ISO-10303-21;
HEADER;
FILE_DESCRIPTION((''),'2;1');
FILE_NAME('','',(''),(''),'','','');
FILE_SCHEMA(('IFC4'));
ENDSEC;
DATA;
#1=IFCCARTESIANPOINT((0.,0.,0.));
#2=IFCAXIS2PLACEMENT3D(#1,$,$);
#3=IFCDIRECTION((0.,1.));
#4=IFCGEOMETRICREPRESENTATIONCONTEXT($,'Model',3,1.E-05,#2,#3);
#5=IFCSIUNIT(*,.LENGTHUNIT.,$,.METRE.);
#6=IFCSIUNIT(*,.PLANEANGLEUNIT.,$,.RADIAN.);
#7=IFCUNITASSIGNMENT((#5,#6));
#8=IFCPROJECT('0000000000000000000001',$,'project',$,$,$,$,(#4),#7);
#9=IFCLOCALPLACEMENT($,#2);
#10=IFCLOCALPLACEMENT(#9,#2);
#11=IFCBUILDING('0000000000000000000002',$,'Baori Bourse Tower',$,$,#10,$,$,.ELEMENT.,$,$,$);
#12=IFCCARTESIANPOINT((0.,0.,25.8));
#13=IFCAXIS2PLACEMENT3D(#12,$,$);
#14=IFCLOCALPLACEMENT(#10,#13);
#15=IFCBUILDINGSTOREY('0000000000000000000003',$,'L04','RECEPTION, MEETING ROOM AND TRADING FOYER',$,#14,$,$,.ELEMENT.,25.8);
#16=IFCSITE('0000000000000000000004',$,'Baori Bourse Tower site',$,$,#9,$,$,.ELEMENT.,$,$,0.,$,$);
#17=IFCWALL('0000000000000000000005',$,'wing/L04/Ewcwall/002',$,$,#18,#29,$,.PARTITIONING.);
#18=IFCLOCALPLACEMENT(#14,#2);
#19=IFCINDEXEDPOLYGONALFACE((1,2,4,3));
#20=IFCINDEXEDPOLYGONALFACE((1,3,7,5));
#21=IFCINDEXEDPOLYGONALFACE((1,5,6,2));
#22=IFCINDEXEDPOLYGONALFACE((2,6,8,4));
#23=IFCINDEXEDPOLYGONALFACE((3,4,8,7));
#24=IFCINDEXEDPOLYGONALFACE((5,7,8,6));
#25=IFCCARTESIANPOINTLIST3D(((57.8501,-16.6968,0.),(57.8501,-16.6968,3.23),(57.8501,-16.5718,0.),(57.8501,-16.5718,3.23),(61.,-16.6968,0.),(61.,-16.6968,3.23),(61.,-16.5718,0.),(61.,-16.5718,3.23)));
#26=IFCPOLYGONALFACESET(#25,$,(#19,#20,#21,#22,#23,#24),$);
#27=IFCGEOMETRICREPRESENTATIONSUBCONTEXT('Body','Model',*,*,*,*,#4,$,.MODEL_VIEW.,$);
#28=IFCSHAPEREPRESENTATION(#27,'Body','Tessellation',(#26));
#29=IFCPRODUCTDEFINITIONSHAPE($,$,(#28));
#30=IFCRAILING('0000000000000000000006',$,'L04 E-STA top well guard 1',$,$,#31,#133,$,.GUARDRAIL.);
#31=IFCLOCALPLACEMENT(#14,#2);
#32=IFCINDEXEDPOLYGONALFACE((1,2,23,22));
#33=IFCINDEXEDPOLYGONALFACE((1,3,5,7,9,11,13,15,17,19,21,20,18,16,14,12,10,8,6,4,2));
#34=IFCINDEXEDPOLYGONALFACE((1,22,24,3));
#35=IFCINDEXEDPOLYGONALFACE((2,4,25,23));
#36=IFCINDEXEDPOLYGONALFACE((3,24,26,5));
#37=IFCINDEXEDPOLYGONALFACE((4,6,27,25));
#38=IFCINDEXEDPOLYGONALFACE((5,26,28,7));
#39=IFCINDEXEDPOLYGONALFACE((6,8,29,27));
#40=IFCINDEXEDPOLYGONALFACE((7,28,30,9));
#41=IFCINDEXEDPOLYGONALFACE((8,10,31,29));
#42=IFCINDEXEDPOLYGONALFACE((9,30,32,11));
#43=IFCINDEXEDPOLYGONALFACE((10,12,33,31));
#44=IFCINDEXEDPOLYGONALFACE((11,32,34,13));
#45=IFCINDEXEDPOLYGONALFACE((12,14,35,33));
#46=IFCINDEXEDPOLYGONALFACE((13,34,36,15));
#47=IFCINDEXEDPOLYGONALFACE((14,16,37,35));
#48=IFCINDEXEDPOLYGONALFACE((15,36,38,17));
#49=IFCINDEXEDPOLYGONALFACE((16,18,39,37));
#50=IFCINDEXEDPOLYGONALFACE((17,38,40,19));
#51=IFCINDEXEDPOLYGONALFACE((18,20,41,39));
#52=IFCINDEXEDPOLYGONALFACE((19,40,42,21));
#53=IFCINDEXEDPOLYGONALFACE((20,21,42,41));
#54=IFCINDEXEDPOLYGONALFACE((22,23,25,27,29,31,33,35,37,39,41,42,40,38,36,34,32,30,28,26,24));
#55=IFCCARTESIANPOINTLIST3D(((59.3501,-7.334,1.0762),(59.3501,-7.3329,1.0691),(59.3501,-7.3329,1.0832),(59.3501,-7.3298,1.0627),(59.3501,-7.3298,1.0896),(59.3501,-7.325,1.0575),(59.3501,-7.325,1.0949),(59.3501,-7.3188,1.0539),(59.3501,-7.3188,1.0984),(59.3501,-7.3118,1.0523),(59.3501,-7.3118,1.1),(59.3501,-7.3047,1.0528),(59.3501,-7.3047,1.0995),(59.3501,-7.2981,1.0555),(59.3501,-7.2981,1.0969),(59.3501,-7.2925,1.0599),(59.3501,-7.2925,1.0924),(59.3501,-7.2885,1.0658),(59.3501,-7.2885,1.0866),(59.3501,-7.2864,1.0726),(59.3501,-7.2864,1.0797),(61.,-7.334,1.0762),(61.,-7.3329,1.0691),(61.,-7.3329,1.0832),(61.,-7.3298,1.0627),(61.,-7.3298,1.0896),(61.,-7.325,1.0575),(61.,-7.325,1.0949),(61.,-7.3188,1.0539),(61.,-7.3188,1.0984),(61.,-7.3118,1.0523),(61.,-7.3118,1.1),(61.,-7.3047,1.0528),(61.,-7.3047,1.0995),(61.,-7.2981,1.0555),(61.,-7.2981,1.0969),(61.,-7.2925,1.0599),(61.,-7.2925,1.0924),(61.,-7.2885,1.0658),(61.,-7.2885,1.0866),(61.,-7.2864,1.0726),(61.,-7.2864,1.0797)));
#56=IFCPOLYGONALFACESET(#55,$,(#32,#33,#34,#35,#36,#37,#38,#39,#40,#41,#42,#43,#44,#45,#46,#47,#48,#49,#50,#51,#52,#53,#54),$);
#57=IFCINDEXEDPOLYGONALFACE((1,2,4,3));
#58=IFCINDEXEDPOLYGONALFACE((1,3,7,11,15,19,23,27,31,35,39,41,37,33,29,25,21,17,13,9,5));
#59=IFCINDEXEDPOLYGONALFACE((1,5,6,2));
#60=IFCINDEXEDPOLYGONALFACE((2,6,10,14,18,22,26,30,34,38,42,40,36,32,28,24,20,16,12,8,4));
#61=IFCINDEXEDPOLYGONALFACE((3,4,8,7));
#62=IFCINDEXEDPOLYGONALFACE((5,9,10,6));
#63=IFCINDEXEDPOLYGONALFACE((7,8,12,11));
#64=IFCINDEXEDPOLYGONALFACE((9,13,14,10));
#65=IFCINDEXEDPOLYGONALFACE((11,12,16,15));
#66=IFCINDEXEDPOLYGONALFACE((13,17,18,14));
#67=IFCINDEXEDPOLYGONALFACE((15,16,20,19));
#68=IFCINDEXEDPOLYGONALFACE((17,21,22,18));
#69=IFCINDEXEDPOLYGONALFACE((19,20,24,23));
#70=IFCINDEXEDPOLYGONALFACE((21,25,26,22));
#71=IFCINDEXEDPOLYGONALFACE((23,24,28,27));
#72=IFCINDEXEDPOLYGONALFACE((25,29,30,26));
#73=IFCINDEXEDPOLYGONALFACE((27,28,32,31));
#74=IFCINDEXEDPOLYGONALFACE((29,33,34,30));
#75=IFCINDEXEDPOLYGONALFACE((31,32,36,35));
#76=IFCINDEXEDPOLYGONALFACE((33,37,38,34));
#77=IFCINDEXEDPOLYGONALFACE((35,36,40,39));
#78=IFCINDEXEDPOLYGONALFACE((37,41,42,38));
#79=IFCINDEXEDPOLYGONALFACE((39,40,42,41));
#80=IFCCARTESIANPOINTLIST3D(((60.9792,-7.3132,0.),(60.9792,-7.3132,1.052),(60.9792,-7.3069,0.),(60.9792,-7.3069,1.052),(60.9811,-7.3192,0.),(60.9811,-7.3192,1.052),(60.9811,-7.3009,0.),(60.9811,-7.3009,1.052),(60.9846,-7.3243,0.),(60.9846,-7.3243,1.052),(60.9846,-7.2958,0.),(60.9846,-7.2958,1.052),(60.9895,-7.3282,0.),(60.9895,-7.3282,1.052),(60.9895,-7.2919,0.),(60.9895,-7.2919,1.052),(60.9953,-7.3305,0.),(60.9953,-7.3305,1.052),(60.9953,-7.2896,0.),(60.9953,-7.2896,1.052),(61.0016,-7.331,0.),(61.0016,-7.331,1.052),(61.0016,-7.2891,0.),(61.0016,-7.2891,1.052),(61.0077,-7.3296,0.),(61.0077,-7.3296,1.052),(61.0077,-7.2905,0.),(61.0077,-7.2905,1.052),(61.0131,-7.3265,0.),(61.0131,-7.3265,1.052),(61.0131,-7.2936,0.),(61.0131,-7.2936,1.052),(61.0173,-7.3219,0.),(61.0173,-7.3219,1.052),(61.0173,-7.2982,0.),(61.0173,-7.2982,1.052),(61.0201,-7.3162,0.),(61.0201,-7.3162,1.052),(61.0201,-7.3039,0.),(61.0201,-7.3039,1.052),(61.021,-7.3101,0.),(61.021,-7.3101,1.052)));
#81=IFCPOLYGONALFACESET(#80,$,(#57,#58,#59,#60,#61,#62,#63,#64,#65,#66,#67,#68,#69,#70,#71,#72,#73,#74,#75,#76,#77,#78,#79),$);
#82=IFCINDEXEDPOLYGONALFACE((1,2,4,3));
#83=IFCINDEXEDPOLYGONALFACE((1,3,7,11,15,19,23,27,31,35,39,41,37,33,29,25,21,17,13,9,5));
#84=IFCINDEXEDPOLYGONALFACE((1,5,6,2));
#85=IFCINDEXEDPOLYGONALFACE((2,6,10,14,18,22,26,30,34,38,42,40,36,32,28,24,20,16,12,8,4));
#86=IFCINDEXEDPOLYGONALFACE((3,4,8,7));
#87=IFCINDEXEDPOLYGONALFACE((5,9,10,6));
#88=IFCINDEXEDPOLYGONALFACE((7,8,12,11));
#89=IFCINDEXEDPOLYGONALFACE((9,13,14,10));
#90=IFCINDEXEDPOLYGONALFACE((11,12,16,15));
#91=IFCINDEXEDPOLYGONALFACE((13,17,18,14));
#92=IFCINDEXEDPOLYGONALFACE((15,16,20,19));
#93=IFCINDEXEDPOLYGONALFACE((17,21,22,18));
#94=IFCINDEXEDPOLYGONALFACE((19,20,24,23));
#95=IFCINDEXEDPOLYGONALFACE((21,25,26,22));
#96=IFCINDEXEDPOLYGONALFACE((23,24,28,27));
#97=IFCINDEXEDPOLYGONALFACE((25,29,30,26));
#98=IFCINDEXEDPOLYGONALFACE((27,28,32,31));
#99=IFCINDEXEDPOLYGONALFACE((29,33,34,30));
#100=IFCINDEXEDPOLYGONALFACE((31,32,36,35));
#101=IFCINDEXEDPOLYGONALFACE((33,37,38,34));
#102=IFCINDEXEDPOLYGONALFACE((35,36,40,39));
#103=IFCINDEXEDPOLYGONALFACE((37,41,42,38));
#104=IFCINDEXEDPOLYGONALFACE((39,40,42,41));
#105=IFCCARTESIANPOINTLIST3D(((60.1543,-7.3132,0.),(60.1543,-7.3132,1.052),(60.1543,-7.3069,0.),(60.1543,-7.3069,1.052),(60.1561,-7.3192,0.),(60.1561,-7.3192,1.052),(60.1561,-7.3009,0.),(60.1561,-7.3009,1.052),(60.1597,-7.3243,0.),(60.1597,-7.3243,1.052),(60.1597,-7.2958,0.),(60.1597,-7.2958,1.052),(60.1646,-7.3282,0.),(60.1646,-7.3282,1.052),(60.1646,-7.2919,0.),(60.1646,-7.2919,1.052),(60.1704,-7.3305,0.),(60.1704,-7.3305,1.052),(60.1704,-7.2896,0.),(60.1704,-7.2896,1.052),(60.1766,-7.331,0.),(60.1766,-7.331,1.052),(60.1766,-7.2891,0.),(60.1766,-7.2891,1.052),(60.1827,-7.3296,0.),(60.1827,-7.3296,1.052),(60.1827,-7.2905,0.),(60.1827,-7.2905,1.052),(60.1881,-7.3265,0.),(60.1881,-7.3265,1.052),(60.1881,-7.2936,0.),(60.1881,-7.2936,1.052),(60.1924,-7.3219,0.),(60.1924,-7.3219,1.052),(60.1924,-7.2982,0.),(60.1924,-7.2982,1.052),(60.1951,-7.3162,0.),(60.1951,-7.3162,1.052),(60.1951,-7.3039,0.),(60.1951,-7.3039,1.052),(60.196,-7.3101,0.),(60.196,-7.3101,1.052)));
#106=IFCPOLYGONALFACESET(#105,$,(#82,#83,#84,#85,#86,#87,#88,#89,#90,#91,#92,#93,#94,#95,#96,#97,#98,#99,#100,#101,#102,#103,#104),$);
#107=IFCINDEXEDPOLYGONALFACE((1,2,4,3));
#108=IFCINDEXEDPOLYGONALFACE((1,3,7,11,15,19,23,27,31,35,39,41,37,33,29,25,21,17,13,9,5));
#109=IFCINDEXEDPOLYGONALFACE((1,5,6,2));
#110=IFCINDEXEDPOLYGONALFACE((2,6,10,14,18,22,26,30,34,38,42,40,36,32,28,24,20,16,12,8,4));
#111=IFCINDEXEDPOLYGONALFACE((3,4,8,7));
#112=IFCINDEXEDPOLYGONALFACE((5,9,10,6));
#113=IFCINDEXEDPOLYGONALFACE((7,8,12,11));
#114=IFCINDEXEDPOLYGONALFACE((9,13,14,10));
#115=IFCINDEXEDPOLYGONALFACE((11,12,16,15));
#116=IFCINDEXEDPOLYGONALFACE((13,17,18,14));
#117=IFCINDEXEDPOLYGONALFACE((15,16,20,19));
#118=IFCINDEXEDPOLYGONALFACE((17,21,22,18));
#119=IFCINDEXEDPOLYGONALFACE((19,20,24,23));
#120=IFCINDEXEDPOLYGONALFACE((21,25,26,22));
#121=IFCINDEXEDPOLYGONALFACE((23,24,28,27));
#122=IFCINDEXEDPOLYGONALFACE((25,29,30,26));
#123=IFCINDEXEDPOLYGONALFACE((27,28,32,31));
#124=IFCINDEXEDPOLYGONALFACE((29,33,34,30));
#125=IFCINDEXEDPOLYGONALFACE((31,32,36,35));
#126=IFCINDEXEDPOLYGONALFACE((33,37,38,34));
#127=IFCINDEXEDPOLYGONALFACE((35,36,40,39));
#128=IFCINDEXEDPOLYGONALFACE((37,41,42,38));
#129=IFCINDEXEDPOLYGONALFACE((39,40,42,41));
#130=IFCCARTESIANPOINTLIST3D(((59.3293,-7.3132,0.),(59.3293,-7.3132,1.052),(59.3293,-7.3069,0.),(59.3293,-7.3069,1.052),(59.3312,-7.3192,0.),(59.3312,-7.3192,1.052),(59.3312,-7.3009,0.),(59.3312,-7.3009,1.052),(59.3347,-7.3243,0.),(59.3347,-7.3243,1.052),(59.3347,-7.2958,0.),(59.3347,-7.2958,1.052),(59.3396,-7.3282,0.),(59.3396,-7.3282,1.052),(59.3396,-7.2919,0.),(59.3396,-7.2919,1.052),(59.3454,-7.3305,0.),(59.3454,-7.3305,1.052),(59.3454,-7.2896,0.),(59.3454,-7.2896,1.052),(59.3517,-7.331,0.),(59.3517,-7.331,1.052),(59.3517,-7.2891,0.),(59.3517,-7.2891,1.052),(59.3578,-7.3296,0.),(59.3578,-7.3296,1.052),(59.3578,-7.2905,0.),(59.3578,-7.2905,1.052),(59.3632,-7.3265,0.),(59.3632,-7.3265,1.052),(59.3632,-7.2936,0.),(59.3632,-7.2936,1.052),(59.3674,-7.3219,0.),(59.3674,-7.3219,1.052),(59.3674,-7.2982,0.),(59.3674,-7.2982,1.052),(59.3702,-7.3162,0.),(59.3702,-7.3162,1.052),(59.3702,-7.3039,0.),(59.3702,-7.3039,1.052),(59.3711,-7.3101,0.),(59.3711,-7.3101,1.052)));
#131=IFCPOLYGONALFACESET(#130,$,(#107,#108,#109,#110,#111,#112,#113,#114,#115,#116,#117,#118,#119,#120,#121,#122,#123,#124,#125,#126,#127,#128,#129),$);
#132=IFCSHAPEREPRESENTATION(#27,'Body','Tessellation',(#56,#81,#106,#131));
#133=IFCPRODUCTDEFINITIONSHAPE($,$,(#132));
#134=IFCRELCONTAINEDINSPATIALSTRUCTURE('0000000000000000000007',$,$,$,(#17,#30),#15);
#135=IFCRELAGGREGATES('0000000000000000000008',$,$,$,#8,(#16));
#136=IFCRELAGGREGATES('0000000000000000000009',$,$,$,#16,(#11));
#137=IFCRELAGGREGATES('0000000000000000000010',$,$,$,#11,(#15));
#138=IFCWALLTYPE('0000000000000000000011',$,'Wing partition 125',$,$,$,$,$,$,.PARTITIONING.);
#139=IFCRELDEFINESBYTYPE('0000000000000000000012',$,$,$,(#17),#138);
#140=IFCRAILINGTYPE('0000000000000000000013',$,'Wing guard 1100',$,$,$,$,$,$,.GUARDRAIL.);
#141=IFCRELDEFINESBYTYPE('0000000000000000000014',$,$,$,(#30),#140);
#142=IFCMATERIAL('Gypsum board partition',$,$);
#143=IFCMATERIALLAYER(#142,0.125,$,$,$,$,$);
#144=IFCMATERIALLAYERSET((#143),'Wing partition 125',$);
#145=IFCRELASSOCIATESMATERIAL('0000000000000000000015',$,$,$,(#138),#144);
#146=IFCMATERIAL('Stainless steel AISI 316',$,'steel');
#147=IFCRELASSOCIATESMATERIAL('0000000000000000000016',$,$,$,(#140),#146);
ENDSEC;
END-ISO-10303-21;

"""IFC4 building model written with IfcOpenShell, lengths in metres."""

from ifc_helpers import new_model, si_unit, direction, frame, frame_2d, origin, origin_2d, place, context, subcontext, project, spatial, rectangle, circle, extrude, material, layer, layer_set, type_object, element, save


model = new_model("IFC4")

# Units and contexts
model_context = context("Model", 3, precision=1e-05, world=origin(), true_north=direction((0.0, 1.0)))
body_context = subcontext(model_context, "Body", "Model", "MODEL_VIEW")
ifc_project = project(units=[si_unit("LENGTHUNIT", "METRE"), si_unit("PLANEANGLEUNIT", "RADIAN")], contexts=[model_context])

# Site, building, storey
site_placement = place(None, origin())
site = spatial("IfcSite", under=ifc_project, at=site_placement, Name="Baori Bourse Tower site", CompositionType="ELEMENT", RefElevation=0.0)
building_placement = place(site_placement, origin())
building = spatial("IfcBuilding", under=site, at=building_placement, Name="Baori Bourse Tower", CompositionType="ELEMENT")
storey_placement = place(building_placement, frame((0.0, 0.0, 25.8)))
storey = spatial("IfcBuildingStorey", under=building, at=storey_placement, Name="L04", Description="RECEPTION, MEETING ROOM AND TRADING FOYER", CompositionType="ELEMENT", Elevation=25.8)

# Wall
ifc_material_1 = material(Name="Gypsum board partition")
ifc_layer_1 = layer(ifc_material_1, 0.125)
ifc_layer_set_1 = layer_set([ifc_layer_1], Name="Wing partition 125")
wall_type_1 = type_object("IfcWallType", Name="Wing partition 125", PredefinedType="PARTITIONING", material=ifc_layer_set_1)
for number, where, z_axis, x_axis, name in (
    (1, (61.0, -16.6343, 0.0), (0.0, 0.0, 1.0), (-1.0, 0.0, 0.0), "wing/L04/Ewcwall/002"),
):
    element("IfcWall", number, at=place(storey_placement, frame(where, z_axis=z_axis, x_axis=x_axis)), inside=storey, type_object=wall_type_1, Name=name, PredefinedType="PARTITIONING", context=body_context, shape_type="SweptSolid", body=[
        extrude(rectangle(XDim=3.1499, YDim=0.125, at=frame_2d((1.575, 0.0))), origin(), (0.0, 0.0, 1.0), 3.23),
    ])

# Railing
ifc_material_2 = material(Name="Stainless steel AISI 316", Category="steel")
railing_type = type_object("IfcRailingType", Name="Wing guard 1100", PredefinedType="GUARDRAIL", material=ifc_material_2)
railing_placement = place(storey_placement, frame((61.0, -7.3101, 0.0)))
element("IfcRailing", 2, at=railing_placement, inside=storey, type_object=railing_type, Name="L04 E-STA top well guard 1", PredefinedType="GUARDRAIL", context=body_context, shape_type="SweptSolid", body=[
    extrude(circle(Radius=0.0239, at=origin_2d()), frame((0.0, 0.0, 1.0762), z_axis=(-1.0, 0.0, 0.0), x_axis=(0.0, -1.0, 0.0)), (0.0, 0.0, 1.0), 1.6499),
    extrude(circle(Radius=0.021, at=origin_2d()), origin(), (0.0, 0.0, 1.0), 1.052),
    extrude(circle(Radius=0.021, at=origin_2d()), frame((-0.825, 0.0, 0.0)), (0.0, 0.0, 1.0), 1.052),
    extrude(circle(Radius=0.021, at=origin_2d()), frame((-1.6499, 0.0, 0.0)), (0.0, 0.0, 1.0), 1.052),
])

save(model, "model.ifc")
